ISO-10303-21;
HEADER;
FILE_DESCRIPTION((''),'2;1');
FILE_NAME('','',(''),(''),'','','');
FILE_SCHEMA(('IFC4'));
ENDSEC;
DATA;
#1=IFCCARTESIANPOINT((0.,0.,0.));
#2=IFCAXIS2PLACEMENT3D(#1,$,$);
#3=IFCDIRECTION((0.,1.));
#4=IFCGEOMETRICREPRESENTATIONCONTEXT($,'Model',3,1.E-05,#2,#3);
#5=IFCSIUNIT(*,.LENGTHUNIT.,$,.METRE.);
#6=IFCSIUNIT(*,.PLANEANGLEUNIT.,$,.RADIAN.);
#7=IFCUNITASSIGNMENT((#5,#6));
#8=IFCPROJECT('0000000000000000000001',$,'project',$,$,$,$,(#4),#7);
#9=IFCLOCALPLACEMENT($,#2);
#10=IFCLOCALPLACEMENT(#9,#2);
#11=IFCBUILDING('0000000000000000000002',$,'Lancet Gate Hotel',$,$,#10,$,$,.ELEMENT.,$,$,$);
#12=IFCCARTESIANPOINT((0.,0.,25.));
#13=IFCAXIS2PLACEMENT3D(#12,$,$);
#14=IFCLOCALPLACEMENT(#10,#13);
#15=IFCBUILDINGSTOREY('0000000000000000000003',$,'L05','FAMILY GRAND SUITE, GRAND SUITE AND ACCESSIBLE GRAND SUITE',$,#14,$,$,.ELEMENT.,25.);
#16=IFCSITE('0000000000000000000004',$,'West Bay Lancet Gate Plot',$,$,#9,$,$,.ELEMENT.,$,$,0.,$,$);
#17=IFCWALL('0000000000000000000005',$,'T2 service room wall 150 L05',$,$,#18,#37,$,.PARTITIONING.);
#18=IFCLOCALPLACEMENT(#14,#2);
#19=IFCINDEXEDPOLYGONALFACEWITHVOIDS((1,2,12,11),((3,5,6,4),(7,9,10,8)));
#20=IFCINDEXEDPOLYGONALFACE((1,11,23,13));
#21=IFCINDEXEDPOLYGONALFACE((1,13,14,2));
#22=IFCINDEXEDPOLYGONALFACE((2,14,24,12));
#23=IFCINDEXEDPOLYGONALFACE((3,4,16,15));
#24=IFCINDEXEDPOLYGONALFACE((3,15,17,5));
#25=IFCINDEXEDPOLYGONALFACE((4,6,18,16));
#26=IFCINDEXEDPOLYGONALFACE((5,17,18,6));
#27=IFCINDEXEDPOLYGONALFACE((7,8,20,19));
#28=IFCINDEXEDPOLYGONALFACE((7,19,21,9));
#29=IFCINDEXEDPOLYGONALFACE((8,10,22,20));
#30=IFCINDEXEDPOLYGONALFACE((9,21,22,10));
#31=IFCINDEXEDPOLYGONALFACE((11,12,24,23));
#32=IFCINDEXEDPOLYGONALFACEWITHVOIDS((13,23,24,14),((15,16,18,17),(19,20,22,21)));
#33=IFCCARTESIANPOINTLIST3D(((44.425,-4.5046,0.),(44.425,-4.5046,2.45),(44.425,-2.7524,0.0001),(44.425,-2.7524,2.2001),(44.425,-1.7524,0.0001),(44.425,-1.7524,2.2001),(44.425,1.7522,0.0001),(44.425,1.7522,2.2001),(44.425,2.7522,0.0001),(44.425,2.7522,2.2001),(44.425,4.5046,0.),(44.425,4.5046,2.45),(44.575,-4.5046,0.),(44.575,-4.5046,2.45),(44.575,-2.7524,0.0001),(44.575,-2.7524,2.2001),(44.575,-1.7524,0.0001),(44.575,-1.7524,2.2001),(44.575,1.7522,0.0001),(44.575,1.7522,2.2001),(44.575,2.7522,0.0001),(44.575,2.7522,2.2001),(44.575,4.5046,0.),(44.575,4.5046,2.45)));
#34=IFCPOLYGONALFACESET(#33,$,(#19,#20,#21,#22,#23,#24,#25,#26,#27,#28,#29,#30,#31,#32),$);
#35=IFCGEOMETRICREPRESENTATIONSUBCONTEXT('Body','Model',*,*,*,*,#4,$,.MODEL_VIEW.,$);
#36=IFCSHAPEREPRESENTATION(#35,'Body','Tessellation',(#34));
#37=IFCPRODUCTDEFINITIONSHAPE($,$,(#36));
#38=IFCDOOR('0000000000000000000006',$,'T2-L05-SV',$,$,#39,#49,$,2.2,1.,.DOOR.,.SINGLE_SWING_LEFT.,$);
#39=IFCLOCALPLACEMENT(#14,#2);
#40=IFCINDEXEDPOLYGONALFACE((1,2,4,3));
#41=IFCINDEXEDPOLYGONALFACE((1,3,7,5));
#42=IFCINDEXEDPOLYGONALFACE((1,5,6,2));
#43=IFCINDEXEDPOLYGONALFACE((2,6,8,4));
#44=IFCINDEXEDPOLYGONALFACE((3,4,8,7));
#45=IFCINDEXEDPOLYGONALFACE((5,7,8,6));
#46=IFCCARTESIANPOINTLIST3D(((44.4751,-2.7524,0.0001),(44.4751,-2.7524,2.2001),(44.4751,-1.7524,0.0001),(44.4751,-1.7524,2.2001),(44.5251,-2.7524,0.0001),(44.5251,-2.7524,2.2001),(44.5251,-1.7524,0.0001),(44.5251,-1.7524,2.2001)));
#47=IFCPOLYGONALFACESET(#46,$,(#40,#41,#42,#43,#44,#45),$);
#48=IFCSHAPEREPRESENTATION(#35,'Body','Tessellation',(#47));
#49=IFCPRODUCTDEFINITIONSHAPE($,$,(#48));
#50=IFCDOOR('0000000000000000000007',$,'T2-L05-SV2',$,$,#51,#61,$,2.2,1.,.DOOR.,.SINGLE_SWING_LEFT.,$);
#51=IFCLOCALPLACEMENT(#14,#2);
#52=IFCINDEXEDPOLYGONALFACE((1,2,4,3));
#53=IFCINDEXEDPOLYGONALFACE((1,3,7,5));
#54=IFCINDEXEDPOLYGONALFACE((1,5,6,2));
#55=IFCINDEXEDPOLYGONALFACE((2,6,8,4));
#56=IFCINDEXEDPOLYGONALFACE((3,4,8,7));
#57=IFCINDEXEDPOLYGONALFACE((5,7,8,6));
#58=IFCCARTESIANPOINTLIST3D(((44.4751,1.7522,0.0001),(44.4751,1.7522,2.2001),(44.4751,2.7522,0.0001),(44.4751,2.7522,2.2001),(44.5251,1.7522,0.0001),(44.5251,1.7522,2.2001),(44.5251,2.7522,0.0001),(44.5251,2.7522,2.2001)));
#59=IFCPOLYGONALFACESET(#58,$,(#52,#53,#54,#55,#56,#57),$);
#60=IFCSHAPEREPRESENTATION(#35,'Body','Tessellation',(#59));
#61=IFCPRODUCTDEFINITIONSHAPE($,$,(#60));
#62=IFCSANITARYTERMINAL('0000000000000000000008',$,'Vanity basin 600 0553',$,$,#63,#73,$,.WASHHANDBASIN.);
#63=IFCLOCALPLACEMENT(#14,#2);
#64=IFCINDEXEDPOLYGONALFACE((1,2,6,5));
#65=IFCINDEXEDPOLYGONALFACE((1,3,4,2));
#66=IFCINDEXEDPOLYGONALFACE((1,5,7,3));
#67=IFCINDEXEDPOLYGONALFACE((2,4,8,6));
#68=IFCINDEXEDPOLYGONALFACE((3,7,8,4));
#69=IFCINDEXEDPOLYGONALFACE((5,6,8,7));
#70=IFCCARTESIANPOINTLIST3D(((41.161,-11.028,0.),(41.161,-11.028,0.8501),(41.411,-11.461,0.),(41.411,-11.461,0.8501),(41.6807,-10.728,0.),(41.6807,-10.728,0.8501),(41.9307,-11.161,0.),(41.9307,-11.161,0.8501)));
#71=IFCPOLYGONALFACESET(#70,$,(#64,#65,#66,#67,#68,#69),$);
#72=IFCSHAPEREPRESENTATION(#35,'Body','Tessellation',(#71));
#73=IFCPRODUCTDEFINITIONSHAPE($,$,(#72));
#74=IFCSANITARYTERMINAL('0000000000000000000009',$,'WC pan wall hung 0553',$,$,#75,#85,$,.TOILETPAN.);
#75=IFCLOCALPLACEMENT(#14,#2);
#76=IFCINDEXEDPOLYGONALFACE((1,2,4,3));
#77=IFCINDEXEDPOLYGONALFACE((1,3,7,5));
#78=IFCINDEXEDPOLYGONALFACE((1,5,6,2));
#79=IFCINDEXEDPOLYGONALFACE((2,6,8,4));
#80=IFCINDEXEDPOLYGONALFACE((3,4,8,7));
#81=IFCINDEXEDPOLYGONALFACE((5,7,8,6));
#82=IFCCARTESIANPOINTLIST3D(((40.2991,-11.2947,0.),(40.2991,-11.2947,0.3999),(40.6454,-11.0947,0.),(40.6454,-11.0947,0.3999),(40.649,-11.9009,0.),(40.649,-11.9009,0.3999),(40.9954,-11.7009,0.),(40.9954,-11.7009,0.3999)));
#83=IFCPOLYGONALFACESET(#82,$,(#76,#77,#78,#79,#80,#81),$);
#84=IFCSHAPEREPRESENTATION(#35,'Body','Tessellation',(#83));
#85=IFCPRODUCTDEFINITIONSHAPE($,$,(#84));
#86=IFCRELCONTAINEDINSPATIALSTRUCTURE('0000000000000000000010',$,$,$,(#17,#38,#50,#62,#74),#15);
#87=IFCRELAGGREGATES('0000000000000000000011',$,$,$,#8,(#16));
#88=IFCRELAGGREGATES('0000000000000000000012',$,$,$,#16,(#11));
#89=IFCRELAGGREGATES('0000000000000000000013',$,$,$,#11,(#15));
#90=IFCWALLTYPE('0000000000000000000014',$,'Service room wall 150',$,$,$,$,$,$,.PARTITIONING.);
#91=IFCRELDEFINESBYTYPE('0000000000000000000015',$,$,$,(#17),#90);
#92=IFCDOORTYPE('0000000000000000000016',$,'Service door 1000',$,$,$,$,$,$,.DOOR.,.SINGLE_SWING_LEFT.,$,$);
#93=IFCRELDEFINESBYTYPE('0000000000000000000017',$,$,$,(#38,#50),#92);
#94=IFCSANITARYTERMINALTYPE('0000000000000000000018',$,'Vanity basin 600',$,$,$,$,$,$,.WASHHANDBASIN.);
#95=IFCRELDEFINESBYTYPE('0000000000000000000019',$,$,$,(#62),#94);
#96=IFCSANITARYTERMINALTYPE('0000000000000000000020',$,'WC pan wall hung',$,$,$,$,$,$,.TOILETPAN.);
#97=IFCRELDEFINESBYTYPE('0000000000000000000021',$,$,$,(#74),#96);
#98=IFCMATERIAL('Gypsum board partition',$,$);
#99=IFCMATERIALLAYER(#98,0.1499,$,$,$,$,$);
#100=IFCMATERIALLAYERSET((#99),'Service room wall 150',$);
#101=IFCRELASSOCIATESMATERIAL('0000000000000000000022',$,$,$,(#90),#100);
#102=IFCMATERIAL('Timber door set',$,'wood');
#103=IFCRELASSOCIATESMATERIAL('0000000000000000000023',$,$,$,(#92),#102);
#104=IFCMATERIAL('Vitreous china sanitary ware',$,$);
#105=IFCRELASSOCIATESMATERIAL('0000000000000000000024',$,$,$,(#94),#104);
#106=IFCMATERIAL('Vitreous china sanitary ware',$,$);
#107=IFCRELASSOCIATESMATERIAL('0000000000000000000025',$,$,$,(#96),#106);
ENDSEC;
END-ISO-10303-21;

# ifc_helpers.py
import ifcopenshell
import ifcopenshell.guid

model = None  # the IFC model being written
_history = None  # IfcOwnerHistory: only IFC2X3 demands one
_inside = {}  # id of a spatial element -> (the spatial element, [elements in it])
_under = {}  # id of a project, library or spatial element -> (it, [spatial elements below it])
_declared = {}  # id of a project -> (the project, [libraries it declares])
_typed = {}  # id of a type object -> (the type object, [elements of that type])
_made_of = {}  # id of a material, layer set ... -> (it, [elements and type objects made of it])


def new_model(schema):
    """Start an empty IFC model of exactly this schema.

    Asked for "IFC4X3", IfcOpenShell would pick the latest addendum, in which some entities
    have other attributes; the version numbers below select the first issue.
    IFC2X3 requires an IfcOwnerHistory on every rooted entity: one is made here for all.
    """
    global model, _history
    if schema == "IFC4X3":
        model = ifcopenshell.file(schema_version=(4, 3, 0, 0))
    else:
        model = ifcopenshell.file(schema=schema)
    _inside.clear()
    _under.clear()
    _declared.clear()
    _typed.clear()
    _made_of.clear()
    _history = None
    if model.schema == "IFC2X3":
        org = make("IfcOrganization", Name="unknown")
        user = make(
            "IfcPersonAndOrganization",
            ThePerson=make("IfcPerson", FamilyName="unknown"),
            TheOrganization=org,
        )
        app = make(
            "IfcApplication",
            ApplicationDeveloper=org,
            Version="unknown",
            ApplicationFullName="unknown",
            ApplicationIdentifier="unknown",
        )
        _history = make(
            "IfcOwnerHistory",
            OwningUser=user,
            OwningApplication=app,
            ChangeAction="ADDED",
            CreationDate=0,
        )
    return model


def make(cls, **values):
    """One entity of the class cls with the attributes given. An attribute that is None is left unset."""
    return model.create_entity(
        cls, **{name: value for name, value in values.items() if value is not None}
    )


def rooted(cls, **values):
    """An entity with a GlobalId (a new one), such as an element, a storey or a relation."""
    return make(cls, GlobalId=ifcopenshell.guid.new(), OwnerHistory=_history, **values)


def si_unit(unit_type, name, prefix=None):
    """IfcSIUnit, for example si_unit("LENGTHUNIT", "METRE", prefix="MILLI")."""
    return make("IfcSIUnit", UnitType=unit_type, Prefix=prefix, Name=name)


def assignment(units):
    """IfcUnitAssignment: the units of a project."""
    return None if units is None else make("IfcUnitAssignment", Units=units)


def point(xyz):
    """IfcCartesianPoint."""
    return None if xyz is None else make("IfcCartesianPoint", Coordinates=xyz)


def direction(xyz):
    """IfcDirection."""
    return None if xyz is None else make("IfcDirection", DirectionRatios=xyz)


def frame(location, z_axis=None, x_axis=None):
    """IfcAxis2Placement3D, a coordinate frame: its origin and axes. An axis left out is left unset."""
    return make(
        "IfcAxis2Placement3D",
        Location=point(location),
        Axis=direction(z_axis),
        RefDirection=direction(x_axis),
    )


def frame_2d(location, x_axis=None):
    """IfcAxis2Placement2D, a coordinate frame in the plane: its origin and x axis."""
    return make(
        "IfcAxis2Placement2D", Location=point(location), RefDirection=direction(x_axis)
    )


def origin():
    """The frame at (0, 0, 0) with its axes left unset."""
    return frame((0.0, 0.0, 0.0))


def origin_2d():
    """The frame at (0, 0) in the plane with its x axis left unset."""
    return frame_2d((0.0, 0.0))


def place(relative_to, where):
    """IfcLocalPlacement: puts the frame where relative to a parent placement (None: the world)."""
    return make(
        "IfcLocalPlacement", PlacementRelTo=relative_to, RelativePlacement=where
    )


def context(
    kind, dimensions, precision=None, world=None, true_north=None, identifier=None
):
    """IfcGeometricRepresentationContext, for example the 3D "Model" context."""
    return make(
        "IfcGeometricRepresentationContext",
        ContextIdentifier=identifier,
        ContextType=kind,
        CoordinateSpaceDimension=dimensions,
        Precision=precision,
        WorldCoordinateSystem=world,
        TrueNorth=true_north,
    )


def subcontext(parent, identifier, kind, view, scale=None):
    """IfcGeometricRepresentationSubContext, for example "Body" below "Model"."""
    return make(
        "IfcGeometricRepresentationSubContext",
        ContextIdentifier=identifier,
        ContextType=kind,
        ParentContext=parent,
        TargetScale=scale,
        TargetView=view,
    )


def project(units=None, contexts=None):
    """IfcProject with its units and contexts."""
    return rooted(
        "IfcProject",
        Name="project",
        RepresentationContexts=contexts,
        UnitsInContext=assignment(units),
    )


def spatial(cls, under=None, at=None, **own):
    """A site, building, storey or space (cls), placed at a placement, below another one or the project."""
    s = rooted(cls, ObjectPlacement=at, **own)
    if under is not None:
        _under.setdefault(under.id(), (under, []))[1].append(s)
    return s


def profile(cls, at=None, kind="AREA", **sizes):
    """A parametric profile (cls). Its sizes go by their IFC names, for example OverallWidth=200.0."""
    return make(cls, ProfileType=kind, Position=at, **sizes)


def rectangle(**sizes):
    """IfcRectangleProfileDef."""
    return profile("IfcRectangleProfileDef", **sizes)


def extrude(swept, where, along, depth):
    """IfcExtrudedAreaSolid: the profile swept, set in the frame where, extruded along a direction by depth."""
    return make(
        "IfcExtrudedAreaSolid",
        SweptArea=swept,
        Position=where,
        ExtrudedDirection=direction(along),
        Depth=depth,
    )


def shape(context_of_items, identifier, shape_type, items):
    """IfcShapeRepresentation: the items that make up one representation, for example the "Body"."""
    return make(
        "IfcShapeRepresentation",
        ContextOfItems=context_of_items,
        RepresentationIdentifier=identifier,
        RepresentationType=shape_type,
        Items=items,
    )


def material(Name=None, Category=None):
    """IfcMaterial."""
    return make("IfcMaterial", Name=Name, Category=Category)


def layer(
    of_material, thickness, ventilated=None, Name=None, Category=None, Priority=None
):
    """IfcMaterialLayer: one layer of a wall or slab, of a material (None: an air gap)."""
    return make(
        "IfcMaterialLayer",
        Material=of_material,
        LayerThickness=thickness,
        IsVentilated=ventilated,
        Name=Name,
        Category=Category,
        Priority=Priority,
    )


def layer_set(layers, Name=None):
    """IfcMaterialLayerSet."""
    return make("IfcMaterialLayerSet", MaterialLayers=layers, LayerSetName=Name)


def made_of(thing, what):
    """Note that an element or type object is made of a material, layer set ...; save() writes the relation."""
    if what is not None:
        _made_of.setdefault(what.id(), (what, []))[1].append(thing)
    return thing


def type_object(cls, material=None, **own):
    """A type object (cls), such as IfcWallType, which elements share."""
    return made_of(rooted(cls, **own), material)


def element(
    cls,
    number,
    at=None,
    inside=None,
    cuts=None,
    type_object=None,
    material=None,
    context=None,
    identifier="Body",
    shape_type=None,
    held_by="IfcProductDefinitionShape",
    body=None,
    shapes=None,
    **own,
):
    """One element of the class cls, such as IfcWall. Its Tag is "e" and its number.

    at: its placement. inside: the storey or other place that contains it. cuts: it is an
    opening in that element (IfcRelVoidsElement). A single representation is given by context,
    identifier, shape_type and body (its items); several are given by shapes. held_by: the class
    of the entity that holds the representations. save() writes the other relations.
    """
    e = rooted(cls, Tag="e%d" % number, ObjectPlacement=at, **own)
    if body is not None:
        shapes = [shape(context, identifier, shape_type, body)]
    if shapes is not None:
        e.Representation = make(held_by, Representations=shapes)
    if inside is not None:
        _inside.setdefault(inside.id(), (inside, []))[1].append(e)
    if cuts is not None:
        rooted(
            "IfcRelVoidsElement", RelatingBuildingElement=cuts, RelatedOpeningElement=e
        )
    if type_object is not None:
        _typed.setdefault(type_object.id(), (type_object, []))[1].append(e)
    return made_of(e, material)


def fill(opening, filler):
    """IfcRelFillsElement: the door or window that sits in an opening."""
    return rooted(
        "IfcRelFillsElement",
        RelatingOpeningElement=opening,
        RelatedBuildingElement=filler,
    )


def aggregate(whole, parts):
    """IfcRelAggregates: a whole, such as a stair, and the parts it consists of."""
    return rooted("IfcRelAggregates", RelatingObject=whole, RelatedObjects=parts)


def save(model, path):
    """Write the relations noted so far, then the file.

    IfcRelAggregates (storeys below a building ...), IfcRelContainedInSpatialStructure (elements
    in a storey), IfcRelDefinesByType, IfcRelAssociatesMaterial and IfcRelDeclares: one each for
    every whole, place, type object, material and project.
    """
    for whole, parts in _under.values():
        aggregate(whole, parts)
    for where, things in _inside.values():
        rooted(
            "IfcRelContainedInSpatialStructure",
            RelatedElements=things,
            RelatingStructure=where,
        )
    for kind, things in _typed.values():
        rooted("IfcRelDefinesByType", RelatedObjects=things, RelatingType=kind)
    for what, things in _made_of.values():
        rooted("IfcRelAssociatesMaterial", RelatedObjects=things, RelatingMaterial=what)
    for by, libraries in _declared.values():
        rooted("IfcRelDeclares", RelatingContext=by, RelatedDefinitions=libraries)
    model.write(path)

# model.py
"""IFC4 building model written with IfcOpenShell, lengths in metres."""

from ifc_helpers import new_model, si_unit, direction, frame, frame_2d, origin, origin_2d, place, context, subcontext, project, spatial, rectangle, extrude, material, layer, layer_set, type_object, element, fill, save


model = new_model("IFC4")

# Units and contexts
model_context = context("Model", 3, precision=1e-05, world=origin(), true_north=direction((0.0, 1.0)))
body_context = subcontext(model_context, "Body", "Model", "MODEL_VIEW")
ifc_project = project(units=[si_unit("LENGTHUNIT", "METRE"), si_unit("PLANEANGLEUNIT", "RADIAN")], contexts=[model_context])

# Site, building, storey
site_placement = place(None, origin())
site = spatial("IfcSite", under=ifc_project, at=site_placement, Name="West Bay Lancet Gate Plot", CompositionType="ELEMENT", RefElevation=0.0)
building_placement = place(site_placement, origin())
building = spatial("IfcBuilding", under=site, at=building_placement, Name="Lancet Gate Hotel", CompositionType="ELEMENT")
storey_placement = place(building_placement, frame((0.0, 0.0, 25.0)))
storey = spatial("IfcBuildingStorey", under=building, at=storey_placement, Name="L05", Description="FAMILY GRAND SUITE, GRAND SUITE AND ACCESSIBLE GRAND SUITE", CompositionType="ELEMENT", Elevation=25.0)

# Shared definitions
ifc_material_1 = material(Name="Gypsum board partition")
ifc_layer_1 = layer(ifc_material_1, 0.1499)
ifc_layer_set_1 = layer_set([ifc_layer_1], Name="Service room wall 150")
wall_type_1 = type_object("IfcWallType", Name="Service room wall 150", PredefinedType="PARTITIONING", material=ifc_layer_set_1)
ifc_material_2 = material(Name="Timber door set", Category="wood")
door_type_1 = type_object("IfcDoorType", Name="Service door 1000", OperationType="SINGLE_SWING_LEFT", PredefinedType="DOOR", material=ifc_material_2)

# Wall, openings, doors
wall_1_placement = place(storey_placement, frame((44.5, -4.5046, 0.0), z_axis=(0.0, 0.0, 1.0), x_axis=(0.0, 1.0, 0.0)))
wall_1 = element("IfcWall", 1, at=wall_1_placement, inside=storey, type_object=wall_type_1, Name="T2 service room wall 150 L05", PredefinedType="PARTITIONING", context=body_context, shape_type="SweptSolid", body=[
    extrude(rectangle(XDim=9.0093, YDim=0.1499, at=frame_2d((4.5046, 0.0))), origin(), (0.0, 0.0, 1.0), 2.45),
])
opening_1_placement = place(wall_1_placement, frame((1.7522, 0.0, 0.0)))
opening_1 = element("IfcOpeningElement", 2, at=opening_1_placement, cuts=wall_1, PredefinedType="OPENING", context=body_context, shape_type="SweptSolid", body=[
    extrude(rectangle(XDim=1.0, YDim=2.2, at=frame_2d((0.5, 1.1001))), frame((0.0, 0.085, 0.0), z_axis=(0.0, -1.0, 0.0), x_axis=(1.0, 0.0, 0.0)), (0.0, 0.0, 1.0), 0.1699),
])
opening_2_placement = place(wall_1_placement, frame((6.2568, 0.0, 0.0)))
opening_2 = element("IfcOpeningElement", 3, at=opening_2_placement, cuts=wall_1, PredefinedType="OPENING", context=body_context, shape_type="SweptSolid", body=[
    extrude(rectangle(XDim=1.0, YDim=2.2, at=frame_2d((0.5, 1.1001))), frame((0.0, 0.085, 0.0), z_axis=(0.0, -1.0, 0.0), x_axis=(1.0, 0.0, 0.0)), (0.0, 0.0, 1.0), 0.1699),
])
door_1_placement = place(opening_1_placement, origin())
door_1 = element("IfcDoor", 4, at=door_1_placement, inside=storey, type_object=door_type_1, Name="T2-L05-SV", OperationType="SINGLE_SWING_LEFT", OverallHeight=2.2, OverallWidth=1.0, PredefinedType="DOOR", context=body_context, shape_type="SweptSolid", body=[
    extrude(rectangle(XDim=1.0, YDim=2.2, at=frame_2d((0.5, 1.1001))), frame((0.0, 0.0249, 0.0), z_axis=(0.0, -1.0, 0.0), x_axis=(1.0, 0.0, 0.0)), (0.0, 0.0, 1.0), 0.05),
])
fill(opening_1, door_1)
door_2_placement = place(opening_2_placement, origin())
door_2 = element("IfcDoor", 5, at=door_2_placement, inside=storey, type_object=door_type_1, Name="T2-L05-SV2", OperationType="SINGLE_SWING_LEFT", OverallHeight=2.2, OverallWidth=1.0, PredefinedType="DOOR", context=body_context, shape_type="SweptSolid", body=[
    extrude(rectangle(XDim=1.0, YDim=2.2, at=frame_2d((0.5, 1.1001))), frame((0.0, 0.0249, 0.0), z_axis=(0.0, -1.0, 0.0), x_axis=(1.0, 0.0, 0.0)), (0.0, 0.0, 1.0), 0.05),
])
fill(opening_2, door_2)

# Sanitary terminals
ifc_material_3 = material(Name="Vitreous china sanitary ware")
sanitary_terminal_type_1 = type_object("IfcSanitaryTerminalType", Name="Vanity basin 600", PredefinedType="WASHHANDBASIN", material=ifc_material_3)
sanitary_terminal_1_placement = place(storey_placement, frame((41.5459, -11.0945, 0.0), z_axis=(0.0, 0.0, 1.0), x_axis=(-0.866025, -0.5, 0.0)))
element("IfcSanitaryTerminal", 6, at=sanitary_terminal_1_placement, inside=storey, type_object=sanitary_terminal_type_1, Name="Vanity basin 600 0553", PredefinedType="WASHHANDBASIN", context=body_context, shape_type="SweptSolid", body=[
    extrude(rectangle(XDim=0.6001, YDim=0.5, at=origin_2d()), origin(), (0.0, 0.0, 1.0), 0.8501),
])
ifc_material_4 = material(Name="Vitreous china sanitary ware")
sanitary_terminal_type_2 = type_object("IfcSanitaryTerminalType", Name="WC pan wall hung", PredefinedType="TOILETPAN", material=ifc_material_4)
sanitary_terminal_2_placement = place(storey_placement, frame((40.6472, -11.4978, 0.0), z_axis=(0.0, 0.0, 1.0), x_axis=(-0.866025, -0.5, 0.0)))
element("IfcSanitaryTerminal", 7, at=sanitary_terminal_2_placement, inside=storey, type_object=sanitary_terminal_type_2, Name="WC pan wall hung 0553", PredefinedType="TOILETPAN", context=body_context, shape_type="SweptSolid", body=[
    extrude(rectangle(XDim=0.3999, YDim=0.7, at=origin_2d()), origin(), (0.0, 0.0, 1.0), 0.3999),
])

save(model, "model.ifc")
